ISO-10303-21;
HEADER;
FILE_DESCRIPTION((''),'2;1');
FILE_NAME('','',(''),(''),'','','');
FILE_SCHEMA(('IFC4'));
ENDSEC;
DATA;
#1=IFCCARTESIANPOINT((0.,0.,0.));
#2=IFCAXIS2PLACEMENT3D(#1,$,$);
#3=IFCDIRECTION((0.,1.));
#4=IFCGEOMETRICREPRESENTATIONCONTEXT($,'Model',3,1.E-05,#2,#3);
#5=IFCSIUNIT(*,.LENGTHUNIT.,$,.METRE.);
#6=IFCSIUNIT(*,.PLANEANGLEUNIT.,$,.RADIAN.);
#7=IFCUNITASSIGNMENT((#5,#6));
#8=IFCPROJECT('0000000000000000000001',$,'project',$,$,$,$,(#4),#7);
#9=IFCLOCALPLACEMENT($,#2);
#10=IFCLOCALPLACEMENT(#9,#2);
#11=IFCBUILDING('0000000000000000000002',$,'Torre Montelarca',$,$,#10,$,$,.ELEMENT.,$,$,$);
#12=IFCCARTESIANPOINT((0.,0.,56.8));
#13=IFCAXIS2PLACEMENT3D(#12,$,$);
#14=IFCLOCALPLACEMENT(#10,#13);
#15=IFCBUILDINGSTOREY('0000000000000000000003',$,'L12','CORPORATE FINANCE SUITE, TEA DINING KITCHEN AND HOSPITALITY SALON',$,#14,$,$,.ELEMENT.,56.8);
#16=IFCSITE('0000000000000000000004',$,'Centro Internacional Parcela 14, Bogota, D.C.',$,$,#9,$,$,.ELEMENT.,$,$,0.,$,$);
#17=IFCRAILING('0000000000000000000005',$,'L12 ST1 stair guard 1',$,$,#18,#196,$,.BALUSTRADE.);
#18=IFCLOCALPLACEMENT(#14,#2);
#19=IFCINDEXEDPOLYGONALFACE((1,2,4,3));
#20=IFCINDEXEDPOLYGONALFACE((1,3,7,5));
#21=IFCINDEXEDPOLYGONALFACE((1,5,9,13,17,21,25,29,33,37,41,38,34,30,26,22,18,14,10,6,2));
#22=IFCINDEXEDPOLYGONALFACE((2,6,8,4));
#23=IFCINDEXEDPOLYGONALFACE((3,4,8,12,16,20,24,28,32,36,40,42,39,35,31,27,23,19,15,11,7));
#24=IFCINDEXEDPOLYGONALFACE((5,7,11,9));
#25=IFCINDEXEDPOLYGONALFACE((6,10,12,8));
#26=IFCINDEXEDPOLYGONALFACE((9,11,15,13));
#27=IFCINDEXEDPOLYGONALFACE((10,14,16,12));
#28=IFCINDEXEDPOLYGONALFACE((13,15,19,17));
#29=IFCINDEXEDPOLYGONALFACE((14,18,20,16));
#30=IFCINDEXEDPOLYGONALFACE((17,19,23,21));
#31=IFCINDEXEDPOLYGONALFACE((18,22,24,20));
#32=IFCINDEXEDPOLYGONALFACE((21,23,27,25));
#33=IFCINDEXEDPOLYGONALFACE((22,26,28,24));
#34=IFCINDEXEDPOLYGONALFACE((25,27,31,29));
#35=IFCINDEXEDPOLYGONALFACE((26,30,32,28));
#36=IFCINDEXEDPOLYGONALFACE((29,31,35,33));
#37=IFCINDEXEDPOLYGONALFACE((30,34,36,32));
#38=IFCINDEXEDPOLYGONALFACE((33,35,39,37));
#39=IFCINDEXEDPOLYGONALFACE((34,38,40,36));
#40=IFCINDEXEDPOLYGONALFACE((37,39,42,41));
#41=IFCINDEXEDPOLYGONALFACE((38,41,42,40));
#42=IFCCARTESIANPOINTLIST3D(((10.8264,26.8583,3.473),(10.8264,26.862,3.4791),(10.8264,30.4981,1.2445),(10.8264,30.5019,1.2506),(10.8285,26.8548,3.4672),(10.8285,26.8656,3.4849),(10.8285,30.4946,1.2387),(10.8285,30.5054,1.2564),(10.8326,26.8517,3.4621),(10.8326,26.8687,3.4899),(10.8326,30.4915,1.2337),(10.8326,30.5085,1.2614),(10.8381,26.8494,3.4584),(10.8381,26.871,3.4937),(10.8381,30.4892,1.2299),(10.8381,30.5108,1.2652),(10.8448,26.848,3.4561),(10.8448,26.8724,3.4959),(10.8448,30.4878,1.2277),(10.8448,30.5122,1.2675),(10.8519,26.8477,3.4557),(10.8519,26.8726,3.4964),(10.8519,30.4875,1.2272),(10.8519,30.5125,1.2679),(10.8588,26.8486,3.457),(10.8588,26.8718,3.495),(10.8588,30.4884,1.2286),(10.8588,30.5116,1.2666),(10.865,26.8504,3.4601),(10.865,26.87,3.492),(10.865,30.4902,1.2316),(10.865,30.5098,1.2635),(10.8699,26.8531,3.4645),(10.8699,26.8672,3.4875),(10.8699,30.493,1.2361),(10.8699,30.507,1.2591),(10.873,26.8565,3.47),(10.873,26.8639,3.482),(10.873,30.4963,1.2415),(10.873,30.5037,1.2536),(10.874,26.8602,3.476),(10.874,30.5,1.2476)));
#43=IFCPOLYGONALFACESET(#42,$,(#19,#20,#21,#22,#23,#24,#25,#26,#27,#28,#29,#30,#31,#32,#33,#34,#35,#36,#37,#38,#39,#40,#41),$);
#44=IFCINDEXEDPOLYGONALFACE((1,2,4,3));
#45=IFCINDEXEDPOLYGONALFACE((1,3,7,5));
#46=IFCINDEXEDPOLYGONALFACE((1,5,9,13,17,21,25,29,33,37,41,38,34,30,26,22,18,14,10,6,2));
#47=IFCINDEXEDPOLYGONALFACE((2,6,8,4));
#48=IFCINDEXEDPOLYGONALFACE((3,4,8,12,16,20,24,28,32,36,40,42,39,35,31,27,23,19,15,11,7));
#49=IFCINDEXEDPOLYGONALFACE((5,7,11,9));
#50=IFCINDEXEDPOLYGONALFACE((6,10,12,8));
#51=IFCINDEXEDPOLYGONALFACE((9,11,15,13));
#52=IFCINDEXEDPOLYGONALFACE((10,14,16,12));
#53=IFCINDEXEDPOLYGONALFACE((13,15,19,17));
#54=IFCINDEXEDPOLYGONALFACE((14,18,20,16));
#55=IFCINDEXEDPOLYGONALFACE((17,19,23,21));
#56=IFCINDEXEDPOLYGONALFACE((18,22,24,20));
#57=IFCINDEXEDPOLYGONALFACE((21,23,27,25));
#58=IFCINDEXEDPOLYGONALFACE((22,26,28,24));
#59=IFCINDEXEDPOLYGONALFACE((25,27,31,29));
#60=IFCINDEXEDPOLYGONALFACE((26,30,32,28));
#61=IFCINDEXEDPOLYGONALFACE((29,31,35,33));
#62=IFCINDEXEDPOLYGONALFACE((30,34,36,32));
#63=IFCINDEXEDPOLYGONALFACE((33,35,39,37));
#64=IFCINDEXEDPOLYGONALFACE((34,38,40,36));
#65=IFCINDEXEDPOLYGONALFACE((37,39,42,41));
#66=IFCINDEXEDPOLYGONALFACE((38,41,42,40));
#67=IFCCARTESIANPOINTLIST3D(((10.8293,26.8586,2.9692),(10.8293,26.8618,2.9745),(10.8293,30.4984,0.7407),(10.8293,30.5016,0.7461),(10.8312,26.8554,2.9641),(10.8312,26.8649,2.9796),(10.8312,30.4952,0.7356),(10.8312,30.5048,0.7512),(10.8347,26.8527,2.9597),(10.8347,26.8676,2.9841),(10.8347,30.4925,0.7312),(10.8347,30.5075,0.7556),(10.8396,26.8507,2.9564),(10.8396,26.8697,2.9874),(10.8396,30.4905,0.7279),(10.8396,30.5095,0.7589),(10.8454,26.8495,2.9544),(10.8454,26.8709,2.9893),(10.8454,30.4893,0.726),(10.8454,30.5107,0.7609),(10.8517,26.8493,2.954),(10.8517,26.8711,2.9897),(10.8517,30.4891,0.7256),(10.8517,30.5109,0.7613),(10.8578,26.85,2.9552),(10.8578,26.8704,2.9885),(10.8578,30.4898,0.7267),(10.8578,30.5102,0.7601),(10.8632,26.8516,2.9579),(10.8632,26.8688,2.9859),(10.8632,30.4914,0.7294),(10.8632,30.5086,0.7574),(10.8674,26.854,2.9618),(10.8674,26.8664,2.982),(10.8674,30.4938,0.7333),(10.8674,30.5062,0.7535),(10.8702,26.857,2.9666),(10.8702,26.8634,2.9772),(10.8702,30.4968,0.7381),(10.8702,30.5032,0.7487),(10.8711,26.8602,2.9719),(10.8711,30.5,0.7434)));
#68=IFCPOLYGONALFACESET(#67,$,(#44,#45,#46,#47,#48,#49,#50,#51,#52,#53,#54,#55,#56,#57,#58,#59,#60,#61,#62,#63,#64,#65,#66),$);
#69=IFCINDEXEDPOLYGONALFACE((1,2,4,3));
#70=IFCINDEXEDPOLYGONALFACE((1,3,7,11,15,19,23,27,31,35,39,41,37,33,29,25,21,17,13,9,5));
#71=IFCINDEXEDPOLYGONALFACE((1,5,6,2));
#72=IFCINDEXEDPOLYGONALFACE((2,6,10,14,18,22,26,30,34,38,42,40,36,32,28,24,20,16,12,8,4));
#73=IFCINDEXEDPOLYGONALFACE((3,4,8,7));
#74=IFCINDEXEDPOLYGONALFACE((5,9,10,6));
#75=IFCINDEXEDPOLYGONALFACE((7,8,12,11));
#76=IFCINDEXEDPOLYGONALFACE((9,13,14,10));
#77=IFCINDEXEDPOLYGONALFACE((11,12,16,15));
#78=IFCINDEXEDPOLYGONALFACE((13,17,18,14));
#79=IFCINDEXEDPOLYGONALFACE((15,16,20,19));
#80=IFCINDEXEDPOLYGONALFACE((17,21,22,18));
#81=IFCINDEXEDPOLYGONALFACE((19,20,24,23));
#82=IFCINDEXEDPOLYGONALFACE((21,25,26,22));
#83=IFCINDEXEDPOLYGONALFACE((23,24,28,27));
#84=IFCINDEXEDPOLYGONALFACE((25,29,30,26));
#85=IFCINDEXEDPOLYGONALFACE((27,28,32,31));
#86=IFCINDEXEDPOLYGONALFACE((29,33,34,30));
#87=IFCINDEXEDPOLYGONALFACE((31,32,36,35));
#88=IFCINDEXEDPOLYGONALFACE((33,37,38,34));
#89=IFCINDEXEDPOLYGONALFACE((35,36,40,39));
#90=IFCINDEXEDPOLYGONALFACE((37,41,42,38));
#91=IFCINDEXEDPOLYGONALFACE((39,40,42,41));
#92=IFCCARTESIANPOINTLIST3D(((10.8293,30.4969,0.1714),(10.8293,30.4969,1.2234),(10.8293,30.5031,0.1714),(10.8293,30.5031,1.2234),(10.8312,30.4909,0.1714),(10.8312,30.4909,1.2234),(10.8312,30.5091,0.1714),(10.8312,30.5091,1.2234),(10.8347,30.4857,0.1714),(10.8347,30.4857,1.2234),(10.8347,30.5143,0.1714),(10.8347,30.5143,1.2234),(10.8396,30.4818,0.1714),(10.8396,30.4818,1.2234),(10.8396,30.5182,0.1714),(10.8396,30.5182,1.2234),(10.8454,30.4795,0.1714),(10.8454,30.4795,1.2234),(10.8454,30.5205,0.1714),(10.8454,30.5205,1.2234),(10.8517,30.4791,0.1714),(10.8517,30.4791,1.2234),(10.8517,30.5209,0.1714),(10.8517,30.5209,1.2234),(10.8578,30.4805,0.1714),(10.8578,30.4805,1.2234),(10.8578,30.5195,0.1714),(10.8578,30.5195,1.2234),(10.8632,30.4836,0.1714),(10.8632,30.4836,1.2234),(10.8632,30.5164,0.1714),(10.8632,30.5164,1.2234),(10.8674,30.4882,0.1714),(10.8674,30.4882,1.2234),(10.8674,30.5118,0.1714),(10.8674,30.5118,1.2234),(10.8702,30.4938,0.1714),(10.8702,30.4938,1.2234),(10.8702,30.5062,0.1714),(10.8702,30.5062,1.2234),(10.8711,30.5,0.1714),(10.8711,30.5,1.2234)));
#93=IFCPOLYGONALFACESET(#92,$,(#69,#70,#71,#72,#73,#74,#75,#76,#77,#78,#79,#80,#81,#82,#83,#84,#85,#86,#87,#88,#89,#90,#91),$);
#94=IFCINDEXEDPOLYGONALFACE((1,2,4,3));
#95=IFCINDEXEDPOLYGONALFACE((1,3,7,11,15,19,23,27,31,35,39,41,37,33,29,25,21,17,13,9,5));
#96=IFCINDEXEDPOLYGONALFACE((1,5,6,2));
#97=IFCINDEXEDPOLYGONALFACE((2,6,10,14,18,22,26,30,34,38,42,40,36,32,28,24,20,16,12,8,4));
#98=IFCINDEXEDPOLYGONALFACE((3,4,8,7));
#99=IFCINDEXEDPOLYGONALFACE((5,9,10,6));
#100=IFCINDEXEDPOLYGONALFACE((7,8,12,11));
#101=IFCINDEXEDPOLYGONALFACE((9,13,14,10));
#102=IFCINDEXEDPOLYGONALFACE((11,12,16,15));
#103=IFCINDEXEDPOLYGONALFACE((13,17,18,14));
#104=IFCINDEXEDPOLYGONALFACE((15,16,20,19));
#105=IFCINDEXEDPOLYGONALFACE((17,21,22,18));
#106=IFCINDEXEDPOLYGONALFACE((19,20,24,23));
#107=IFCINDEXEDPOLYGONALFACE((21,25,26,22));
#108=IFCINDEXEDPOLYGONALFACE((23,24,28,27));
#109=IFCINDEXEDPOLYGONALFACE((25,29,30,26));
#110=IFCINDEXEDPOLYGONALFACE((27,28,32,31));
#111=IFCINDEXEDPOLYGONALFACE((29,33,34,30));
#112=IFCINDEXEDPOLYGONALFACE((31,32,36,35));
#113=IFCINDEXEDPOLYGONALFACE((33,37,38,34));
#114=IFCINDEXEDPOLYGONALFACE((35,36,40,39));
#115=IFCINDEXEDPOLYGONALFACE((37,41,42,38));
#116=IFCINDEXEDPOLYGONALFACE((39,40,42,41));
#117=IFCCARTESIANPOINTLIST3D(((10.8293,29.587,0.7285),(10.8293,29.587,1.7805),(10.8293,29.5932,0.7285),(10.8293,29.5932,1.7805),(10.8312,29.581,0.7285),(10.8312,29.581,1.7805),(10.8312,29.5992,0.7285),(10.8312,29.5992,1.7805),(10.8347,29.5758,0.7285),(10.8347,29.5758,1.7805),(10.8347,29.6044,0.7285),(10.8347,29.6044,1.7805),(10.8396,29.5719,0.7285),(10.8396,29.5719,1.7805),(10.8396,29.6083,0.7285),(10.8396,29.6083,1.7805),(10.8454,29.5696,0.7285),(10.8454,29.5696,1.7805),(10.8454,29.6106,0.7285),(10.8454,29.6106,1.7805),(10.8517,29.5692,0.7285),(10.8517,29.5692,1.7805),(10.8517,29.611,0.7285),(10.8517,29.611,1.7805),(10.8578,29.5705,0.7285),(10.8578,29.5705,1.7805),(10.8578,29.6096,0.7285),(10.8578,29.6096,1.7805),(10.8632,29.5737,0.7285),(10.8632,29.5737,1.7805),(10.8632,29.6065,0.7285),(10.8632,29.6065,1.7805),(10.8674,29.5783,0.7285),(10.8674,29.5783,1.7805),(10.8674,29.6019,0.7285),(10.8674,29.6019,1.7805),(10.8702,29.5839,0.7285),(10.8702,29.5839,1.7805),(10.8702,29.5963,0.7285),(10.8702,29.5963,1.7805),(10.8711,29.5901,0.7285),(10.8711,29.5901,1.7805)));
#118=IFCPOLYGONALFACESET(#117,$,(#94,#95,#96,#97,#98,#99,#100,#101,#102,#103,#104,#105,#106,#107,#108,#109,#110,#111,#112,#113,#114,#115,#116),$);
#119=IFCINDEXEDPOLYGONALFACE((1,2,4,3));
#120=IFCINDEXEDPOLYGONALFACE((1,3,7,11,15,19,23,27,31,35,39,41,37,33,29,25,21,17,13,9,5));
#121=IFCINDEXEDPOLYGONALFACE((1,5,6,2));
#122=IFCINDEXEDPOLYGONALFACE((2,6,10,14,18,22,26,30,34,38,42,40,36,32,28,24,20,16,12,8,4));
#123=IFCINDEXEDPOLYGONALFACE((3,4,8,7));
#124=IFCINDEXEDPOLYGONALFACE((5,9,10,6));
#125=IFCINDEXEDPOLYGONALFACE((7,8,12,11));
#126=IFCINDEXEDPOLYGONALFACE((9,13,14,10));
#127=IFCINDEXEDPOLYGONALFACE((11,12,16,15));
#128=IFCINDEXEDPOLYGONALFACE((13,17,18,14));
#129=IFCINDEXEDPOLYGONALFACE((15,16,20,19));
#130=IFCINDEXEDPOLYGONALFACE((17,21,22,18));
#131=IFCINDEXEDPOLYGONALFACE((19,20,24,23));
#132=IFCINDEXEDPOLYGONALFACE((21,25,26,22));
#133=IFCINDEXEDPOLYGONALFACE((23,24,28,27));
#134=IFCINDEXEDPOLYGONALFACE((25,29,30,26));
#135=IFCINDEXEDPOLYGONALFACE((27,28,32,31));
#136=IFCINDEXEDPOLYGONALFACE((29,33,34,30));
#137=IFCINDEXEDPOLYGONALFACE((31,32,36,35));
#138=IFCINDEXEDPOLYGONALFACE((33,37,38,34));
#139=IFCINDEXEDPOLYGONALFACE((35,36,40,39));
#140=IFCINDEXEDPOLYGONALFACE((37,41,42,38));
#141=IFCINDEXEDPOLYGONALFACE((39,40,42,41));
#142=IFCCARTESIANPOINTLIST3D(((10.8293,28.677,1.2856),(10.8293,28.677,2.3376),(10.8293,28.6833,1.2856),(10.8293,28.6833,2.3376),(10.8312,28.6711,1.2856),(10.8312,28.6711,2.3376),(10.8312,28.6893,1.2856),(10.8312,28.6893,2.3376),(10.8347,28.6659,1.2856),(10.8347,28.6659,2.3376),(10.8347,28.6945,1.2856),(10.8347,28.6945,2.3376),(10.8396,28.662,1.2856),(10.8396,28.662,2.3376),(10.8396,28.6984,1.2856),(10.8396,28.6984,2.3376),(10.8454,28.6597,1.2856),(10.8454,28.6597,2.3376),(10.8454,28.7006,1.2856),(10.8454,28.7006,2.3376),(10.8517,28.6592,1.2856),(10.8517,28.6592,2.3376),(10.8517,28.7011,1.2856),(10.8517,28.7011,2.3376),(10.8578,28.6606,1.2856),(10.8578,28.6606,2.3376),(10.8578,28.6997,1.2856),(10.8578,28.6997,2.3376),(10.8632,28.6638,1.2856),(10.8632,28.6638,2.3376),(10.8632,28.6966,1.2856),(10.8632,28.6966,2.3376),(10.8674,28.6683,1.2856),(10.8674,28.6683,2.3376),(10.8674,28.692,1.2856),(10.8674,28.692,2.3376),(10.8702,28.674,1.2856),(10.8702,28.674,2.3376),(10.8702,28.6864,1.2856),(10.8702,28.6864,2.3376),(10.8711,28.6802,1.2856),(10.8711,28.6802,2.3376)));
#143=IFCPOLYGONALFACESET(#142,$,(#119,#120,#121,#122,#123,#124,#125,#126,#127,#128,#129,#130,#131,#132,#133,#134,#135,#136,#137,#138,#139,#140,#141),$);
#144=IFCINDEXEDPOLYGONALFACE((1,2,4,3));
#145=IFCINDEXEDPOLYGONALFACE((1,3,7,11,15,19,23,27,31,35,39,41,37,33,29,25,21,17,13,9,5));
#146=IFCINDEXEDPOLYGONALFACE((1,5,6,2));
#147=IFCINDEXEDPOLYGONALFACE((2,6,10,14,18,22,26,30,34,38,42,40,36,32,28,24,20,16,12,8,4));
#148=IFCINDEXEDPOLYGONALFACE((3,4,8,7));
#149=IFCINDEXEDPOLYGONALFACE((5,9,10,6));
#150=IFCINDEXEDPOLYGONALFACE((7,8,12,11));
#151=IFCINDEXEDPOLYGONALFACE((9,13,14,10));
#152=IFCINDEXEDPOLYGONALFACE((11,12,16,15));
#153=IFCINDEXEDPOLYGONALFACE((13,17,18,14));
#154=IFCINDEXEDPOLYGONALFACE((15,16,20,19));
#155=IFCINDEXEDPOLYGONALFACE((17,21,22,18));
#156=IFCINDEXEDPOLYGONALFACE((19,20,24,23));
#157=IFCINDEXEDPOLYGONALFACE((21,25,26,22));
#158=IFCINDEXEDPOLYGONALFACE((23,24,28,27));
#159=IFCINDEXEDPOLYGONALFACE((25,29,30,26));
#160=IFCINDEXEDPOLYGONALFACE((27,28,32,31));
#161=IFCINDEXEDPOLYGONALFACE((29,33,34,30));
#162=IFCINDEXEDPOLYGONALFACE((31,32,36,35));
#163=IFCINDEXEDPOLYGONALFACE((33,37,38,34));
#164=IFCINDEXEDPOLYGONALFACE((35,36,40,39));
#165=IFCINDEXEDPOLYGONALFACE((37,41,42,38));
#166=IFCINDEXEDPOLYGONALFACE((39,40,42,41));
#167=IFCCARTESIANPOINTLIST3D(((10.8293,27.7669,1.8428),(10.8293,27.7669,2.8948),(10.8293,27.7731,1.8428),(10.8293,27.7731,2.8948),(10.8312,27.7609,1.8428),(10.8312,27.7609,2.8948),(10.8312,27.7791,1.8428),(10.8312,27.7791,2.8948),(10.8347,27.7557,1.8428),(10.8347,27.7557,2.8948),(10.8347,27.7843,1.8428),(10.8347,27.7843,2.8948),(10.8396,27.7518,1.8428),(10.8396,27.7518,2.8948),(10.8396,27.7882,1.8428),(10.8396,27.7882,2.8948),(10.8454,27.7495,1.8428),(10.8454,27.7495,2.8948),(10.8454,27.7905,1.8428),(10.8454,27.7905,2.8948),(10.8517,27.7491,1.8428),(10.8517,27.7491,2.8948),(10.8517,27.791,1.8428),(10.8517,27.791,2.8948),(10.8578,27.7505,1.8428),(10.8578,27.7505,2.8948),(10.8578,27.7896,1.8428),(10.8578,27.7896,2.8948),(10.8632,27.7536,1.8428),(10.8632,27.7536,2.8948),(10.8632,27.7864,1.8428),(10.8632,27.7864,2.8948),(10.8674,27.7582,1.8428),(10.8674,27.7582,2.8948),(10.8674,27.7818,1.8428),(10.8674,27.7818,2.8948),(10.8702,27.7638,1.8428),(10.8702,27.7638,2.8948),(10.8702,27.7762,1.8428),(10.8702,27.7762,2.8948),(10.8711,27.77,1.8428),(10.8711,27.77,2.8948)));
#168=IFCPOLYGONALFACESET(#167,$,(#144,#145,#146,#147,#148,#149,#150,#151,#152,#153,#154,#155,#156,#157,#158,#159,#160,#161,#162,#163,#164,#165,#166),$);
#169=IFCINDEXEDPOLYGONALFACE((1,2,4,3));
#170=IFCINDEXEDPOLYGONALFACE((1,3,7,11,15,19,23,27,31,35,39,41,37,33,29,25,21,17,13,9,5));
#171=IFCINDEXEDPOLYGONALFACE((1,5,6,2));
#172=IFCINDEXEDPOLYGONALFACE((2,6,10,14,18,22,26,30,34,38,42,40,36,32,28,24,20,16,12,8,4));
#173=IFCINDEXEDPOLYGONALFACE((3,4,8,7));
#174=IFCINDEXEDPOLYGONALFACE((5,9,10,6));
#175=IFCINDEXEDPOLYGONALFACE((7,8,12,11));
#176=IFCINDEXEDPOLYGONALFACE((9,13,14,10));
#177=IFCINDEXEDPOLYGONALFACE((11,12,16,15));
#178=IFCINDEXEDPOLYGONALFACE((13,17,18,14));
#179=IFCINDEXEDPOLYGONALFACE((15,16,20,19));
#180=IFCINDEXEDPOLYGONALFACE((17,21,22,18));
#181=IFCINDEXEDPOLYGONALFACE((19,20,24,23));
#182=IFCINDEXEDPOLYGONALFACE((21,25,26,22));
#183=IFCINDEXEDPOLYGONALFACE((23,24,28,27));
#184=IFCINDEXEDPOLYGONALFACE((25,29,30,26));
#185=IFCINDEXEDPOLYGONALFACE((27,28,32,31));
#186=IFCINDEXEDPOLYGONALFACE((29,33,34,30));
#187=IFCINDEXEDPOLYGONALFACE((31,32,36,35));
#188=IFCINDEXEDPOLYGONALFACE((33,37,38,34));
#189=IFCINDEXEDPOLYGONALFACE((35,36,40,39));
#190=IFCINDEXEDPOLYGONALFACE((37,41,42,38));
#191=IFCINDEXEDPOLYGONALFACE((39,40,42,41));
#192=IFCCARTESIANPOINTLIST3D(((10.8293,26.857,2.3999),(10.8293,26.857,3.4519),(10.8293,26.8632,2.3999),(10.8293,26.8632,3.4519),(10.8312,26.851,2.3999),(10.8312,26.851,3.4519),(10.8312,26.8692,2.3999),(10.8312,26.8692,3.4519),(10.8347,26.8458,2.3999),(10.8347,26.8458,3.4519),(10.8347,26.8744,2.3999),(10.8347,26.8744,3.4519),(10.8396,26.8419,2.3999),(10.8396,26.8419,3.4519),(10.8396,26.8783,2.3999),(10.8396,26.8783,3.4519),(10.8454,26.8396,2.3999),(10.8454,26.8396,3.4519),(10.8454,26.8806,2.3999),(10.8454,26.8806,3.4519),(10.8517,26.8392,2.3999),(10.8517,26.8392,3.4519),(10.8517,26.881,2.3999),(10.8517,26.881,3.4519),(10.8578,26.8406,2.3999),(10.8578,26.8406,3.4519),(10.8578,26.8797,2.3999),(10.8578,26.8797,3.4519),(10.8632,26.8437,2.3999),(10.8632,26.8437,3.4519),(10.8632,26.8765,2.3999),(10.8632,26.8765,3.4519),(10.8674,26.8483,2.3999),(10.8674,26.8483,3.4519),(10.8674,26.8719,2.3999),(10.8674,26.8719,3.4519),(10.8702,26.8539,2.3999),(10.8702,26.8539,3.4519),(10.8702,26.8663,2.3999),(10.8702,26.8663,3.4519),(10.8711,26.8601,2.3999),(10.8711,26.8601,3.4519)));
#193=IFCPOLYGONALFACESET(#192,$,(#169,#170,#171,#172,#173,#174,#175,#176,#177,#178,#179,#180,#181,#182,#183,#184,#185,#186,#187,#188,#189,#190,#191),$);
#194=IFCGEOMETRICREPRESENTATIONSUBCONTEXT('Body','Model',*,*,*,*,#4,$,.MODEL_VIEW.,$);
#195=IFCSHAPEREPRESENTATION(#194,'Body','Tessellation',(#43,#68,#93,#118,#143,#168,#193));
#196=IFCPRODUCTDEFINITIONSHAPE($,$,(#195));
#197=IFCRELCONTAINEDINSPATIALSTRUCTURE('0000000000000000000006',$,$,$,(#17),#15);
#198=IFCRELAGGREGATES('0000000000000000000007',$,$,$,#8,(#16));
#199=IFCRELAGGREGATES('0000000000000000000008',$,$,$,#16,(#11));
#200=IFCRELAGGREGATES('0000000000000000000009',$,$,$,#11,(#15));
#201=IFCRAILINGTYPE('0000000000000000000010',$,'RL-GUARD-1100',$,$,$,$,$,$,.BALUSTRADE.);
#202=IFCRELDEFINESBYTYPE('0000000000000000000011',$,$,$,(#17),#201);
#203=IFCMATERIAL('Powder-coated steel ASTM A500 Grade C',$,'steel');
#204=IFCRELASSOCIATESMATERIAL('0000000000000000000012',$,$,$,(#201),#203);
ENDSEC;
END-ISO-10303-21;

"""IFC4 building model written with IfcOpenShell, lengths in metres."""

from ifc_helpers import new_model, si_unit, direction, frame, origin, origin_2d, place, context, subcontext, project, spatial, circle, extrude, material, type_object, element, save


model = new_model("IFC4")

# Units and contexts
model_context = context("Model", 3, precision=1e-05, world=origin(), true_north=direction((0.0, 1.0)))
body_context = subcontext(model_context, "Body", "Model", "MODEL_VIEW")
ifc_project = project(units=[si_unit("LENGTHUNIT", "METRE"), si_unit("PLANEANGLEUNIT", "RADIAN")], contexts=[model_context])

# Site, building, storey
site_placement = place(None, origin())
site = spatial("IfcSite", under=ifc_project, at=site_placement, Name="Centro Internacional Parcela 14, Bogota, D.C.", CompositionType="ELEMENT", RefElevation=0.0)
building_placement = place(site_placement, origin())
building = spatial("IfcBuilding", under=site, at=building_placement, Name="Torre Montelarca", CompositionType="ELEMENT")
storey_placement = place(building_placement, frame((0.0, 0.0, 56.8)))
storey = spatial("IfcBuildingStorey", under=building, at=storey_placement, Name="L12", Description="CORPORATE FINANCE SUITE, TEA DINING KITCHEN AND HOSPITALITY SALON", CompositionType="ELEMENT", Elevation=56.8)

# Railing
ifc_material_1 = material(Name="Powder-coated steel ASTM A500 Grade C", Category="steel")
railing_type_1 = type_object("IfcRailingType", Name="RL-GUARD-1100", PredefinedType="BALUSTRADE", material=ifc_material_1)
railing_1_placement = place(storey_placement, frame((10.8501, 30.5, 0.1714)))
element("IfcRailing", 1, at=railing_1_placement, inside=storey, type_object=railing_type_1, Name="L12 ST1 stair guard 1", PredefinedType="BALUSTRADE", context=body_context, shape_type="SweptSolid", body=[
    extrude(circle(Radius=0.0239, at=origin_2d()), frame((0.0, 0.0, 1.0762), z_axis=(0.0, -0.85285, 0.522156), x_axis=(1.0, 0.0, 0.0)), (0.0, 0.0, 1.0), 4.2678),
    extrude(circle(Radius=0.021, at=origin_2d()), frame((0.0, 0.0, 0.572), z_axis=(0.0, -0.85285, 0.522156), x_axis=(1.0, 0.0, 0.0)), (0.0, 0.0, 1.0), 4.2678),
    extrude(circle(Radius=0.021, at=origin_2d()), origin(), (0.0, 0.0, 1.0), 1.052),
    extrude(circle(Radius=0.021, at=origin_2d()), frame((0.0, -0.9099, 0.5571)), (0.0, 0.0, 1.0), 1.052),
    extrude(circle(Radius=0.021, at=origin_2d()), frame((0.0, -1.8198, 1.1143)), (0.0, 0.0, 1.0), 1.052),
    extrude(circle(Radius=0.021, at=origin_2d()), frame((0.0, -2.73, 1.6714)), (0.0, 0.0, 1.0), 1.052),
    extrude(circle(Radius=0.021, at=origin_2d()), frame((0.0, -3.6399, 2.2285)), (0.0, 0.0, 1.0), 1.052),
])

save(model, "model.ifc")
